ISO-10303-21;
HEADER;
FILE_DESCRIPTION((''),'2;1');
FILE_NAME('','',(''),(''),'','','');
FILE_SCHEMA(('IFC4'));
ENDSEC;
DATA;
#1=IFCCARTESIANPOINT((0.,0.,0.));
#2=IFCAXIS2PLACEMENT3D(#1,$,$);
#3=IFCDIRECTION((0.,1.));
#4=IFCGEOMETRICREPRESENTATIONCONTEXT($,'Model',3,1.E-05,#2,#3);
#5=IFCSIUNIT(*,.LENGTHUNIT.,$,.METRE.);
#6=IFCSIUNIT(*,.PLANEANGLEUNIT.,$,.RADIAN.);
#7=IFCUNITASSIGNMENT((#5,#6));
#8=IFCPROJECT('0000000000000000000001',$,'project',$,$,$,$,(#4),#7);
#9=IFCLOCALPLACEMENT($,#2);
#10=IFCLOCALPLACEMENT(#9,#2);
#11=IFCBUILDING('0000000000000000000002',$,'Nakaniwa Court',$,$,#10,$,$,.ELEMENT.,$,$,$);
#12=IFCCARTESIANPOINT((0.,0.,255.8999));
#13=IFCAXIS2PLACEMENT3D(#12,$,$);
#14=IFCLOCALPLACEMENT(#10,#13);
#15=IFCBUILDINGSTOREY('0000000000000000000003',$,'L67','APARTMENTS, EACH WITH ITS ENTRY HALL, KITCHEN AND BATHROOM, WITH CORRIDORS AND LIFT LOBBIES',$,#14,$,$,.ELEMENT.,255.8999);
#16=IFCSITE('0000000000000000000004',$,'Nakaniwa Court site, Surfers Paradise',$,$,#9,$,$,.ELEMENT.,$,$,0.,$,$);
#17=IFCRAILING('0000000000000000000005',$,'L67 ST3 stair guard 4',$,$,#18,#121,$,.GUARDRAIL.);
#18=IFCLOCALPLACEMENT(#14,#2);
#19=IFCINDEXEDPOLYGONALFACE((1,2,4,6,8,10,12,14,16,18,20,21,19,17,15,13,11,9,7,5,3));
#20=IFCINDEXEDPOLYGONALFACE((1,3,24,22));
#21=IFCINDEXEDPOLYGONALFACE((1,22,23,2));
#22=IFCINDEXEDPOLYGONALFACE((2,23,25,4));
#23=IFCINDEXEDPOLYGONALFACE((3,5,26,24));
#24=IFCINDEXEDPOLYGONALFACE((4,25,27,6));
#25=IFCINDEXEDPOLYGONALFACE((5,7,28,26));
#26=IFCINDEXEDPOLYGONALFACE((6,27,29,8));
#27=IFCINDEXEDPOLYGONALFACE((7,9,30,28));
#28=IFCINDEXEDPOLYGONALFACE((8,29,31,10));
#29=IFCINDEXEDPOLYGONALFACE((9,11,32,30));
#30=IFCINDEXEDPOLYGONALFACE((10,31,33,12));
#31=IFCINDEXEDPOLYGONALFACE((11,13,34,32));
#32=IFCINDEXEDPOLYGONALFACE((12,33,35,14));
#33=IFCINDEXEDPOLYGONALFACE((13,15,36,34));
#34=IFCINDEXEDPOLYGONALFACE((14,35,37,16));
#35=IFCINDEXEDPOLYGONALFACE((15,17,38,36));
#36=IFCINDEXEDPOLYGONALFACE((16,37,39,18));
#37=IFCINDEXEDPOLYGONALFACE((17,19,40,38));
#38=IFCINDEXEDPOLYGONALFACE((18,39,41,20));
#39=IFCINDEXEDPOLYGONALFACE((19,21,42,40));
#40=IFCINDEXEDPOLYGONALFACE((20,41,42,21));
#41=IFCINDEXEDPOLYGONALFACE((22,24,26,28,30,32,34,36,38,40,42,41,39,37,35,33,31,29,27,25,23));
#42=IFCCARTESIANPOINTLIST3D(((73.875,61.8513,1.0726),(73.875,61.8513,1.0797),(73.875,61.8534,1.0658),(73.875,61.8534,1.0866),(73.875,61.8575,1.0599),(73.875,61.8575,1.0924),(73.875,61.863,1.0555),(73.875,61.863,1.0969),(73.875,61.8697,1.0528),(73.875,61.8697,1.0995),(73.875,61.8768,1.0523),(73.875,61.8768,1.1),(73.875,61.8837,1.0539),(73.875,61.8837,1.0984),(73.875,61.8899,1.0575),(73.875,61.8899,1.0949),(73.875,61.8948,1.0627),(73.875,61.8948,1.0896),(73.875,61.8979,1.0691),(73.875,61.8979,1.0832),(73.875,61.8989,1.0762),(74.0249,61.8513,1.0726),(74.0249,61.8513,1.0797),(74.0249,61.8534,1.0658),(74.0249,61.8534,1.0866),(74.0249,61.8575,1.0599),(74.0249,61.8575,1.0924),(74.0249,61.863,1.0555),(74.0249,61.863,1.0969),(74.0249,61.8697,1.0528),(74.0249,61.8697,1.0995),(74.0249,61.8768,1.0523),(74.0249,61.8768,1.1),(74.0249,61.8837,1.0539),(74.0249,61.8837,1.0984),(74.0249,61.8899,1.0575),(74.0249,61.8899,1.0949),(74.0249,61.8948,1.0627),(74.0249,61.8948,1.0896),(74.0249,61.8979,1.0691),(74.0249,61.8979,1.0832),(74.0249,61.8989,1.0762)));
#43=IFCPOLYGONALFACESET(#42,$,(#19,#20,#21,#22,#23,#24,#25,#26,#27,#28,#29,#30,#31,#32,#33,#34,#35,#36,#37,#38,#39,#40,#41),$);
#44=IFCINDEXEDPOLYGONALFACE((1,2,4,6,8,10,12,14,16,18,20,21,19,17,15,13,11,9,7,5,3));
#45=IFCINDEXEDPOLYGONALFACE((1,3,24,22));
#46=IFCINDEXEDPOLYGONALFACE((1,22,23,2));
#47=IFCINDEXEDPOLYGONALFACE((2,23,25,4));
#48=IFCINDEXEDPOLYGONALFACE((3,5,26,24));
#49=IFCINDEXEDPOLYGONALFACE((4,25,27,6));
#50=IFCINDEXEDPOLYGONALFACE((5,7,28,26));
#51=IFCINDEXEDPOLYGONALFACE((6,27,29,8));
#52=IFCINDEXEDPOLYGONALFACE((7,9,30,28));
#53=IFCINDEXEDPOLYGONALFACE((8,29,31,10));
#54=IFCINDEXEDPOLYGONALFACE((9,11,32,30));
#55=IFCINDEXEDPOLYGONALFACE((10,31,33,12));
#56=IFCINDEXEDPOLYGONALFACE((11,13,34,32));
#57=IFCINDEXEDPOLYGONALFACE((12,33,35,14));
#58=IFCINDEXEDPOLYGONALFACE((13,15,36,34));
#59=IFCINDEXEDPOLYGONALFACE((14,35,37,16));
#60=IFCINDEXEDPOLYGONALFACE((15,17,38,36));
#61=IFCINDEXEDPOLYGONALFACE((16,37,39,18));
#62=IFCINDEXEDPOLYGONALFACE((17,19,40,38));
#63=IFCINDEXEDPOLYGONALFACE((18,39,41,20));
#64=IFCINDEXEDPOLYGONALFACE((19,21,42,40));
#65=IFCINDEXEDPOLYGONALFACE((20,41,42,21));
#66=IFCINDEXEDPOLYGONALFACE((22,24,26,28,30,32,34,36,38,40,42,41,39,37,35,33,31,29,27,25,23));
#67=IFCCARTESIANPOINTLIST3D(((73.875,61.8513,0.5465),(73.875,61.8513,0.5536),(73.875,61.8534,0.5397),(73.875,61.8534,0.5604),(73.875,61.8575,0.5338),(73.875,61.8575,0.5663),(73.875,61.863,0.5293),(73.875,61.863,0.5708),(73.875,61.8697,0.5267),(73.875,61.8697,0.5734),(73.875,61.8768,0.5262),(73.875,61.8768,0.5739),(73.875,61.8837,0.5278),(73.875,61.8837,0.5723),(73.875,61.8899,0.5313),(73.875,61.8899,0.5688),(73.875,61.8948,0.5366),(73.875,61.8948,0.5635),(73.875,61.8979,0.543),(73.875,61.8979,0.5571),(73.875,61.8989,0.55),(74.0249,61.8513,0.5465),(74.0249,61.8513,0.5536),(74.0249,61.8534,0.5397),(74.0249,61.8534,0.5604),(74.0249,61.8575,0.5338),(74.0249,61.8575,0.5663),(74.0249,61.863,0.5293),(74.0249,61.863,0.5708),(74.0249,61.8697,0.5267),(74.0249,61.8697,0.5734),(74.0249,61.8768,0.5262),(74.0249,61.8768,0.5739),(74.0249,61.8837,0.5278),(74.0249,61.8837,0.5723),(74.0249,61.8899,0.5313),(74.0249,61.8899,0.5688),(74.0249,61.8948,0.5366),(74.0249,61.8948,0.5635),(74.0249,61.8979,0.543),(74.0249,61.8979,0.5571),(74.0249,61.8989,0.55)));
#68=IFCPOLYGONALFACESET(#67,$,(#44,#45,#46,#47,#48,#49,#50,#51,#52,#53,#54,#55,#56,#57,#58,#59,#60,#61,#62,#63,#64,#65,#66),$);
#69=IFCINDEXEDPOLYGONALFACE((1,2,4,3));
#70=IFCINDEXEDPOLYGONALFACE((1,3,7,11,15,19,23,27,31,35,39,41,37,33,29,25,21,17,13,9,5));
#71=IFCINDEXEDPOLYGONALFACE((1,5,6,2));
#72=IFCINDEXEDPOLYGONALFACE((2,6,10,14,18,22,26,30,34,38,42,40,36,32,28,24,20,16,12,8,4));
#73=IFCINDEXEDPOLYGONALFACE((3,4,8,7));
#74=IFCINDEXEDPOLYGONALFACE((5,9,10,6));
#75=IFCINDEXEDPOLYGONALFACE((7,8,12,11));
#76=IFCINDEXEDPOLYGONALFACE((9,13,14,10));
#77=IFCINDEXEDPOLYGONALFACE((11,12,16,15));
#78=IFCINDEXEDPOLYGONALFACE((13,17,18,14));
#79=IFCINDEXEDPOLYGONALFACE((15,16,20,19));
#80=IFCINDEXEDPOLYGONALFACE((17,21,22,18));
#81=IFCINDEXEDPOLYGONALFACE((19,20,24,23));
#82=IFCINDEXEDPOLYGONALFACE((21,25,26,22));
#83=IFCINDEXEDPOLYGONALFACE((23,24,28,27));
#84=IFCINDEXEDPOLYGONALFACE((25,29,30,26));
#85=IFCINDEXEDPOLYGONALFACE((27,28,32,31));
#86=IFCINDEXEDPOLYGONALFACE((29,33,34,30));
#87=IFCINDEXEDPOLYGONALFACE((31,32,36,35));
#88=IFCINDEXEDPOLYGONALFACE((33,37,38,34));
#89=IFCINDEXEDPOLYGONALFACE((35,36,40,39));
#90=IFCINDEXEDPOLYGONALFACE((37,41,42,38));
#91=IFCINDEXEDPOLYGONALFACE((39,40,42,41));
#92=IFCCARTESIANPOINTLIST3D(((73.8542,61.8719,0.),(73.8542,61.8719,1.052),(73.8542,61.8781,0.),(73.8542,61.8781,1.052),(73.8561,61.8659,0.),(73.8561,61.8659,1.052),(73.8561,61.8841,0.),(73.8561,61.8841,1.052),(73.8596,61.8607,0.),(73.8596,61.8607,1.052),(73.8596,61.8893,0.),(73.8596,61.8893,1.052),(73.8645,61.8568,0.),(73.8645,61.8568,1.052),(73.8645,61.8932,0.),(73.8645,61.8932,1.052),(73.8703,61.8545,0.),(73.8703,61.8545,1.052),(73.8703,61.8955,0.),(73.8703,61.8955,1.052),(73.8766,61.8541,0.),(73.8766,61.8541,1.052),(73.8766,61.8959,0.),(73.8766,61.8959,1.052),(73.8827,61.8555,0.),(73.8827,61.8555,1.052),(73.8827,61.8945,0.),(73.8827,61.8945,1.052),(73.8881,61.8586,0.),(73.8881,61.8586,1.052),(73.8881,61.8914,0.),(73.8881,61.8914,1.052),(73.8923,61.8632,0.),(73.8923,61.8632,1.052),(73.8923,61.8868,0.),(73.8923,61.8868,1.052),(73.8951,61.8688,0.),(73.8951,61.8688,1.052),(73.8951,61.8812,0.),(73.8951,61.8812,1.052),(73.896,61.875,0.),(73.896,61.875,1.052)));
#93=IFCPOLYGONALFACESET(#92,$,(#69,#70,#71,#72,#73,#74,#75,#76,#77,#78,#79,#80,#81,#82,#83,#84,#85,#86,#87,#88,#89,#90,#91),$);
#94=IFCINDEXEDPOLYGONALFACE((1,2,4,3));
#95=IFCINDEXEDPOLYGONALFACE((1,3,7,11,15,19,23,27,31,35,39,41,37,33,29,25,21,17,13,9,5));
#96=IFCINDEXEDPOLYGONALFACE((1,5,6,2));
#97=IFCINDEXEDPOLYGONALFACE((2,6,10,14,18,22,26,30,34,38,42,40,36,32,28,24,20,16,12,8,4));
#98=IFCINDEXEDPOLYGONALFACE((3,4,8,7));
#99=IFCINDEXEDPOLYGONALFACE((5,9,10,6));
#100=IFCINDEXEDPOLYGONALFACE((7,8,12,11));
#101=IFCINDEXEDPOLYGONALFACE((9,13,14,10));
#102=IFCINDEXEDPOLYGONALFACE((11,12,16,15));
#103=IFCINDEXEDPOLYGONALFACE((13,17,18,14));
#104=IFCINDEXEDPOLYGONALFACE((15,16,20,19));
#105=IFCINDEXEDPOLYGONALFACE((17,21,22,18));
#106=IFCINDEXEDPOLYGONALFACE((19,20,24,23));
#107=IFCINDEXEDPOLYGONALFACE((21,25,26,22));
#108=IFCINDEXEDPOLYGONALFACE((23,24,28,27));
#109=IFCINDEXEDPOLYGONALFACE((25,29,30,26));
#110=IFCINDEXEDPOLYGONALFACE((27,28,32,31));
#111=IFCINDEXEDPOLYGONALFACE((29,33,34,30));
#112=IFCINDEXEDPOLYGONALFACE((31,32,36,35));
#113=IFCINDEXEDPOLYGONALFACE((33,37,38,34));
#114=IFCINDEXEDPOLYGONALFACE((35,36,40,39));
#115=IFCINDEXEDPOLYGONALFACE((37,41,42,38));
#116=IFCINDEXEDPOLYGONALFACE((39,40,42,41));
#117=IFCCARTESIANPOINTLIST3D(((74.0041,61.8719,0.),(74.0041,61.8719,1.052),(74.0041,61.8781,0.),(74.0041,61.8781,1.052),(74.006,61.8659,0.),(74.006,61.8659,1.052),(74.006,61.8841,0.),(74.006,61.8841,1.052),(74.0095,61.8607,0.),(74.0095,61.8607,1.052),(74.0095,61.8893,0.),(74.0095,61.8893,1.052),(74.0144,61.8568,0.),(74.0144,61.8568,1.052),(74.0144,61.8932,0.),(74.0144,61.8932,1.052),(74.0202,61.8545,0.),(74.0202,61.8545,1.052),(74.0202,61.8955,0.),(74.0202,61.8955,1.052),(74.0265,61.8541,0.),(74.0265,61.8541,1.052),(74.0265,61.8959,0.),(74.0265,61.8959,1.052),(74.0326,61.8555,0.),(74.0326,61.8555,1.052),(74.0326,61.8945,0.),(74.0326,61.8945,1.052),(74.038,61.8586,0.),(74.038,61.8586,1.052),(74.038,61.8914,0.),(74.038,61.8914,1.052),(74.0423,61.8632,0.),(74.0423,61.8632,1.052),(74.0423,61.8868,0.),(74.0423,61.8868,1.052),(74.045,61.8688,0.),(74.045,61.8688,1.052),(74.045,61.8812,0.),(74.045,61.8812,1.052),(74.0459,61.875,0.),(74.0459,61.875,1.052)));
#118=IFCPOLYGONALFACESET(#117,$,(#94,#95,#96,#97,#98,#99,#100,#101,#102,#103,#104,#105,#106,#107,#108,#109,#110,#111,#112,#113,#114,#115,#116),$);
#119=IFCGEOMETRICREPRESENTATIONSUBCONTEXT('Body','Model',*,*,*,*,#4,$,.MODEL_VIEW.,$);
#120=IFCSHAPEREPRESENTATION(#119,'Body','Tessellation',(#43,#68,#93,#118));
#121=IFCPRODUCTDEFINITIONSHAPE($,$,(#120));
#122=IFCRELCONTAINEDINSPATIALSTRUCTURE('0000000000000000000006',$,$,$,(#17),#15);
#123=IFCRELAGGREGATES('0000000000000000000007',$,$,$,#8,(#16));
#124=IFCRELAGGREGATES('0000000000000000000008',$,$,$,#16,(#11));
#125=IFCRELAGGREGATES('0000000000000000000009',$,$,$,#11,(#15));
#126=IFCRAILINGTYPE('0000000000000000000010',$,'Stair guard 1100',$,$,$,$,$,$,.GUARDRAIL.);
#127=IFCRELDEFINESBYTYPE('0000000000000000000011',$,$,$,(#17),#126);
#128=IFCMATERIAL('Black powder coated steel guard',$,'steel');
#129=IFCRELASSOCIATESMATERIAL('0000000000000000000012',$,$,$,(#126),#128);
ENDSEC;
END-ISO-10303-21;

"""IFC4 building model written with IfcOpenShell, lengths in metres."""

from ifc_helpers import new_model, si_unit, direction, frame, origin, origin_2d, place, context, subcontext, project, spatial, circle, extrude, material, type_object, element, save


model = new_model("IFC4")

# Units and contexts
model_context = context("Model", 3, precision=1e-05, world=origin(), true_north=direction((0.0, 1.0)))
body_context = subcontext(model_context, "Body", "Model", "MODEL_VIEW")
ifc_project = project(units=[si_unit("LENGTHUNIT", "METRE"), si_unit("PLANEANGLEUNIT", "RADIAN")], contexts=[model_context])

# Site, building, storey
site_placement = place(None, origin())
site = spatial("IfcSite", under=ifc_project, at=site_placement, Name="Nakaniwa Court site, Surfers Paradise", CompositionType="ELEMENT", RefElevation=0.0)
building_placement = place(site_placement, origin())
building = spatial("IfcBuilding", under=site, at=building_placement, Name="Nakaniwa Court", CompositionType="ELEMENT")
storey_placement = place(building_placement, frame((0.0, 0.0, 255.8999)))
storey = spatial("IfcBuildingStorey", under=building, at=storey_placement, Name="L67", Description="APARTMENTS, EACH WITH ITS ENTRY HALL, KITCHEN AND BATHROOM, WITH CORRIDORS AND LIFT LOBBIES", CompositionType="ELEMENT", Elevation=255.8999)

# Railing
ifc_material_1 = material(Name="Black powder coated steel guard", Category="steel")
railing_type_1 = type_object("IfcRailingType", Name="Stair guard 1100", PredefinedType="GUARDRAIL", material=ifc_material_1)
railing_1_placement = place(storey_placement, frame((73.875, 61.875, 0.0)))
element("IfcRailing", 1, at=railing_1_placement, inside=storey, type_object=railing_type_1, Name="L67 ST3 stair guard 4", PredefinedType="GUARDRAIL", context=body_context, shape_type="SweptSolid", body=[
    extrude(circle(Radius=0.0239, at=origin_2d()), frame((0.0, 0.0, 1.0762), z_axis=(1.0, 0.0, 0.0), x_axis=(0.0, 1.0, 0.0)), (0.0, 0.0, 1.0), 0.1499),
    extrude(circle(Radius=0.0239, at=origin_2d()), frame((0.0, 0.0, 0.55), z_axis=(1.0, 0.0, 0.0), x_axis=(0.0, 1.0, 0.0)), (0.0, 0.0, 1.0), 0.1499),
    extrude(circle(Radius=0.021, at=origin_2d()), origin(), (0.0, 0.0, 1.0), 1.052),
    extrude(circle(Radius=0.021, at=origin_2d()), frame((0.1499, 0.0, 0.0)), (0.0, 0.0, 1.0), 1.052),
])

save(model, "model.ifc")
